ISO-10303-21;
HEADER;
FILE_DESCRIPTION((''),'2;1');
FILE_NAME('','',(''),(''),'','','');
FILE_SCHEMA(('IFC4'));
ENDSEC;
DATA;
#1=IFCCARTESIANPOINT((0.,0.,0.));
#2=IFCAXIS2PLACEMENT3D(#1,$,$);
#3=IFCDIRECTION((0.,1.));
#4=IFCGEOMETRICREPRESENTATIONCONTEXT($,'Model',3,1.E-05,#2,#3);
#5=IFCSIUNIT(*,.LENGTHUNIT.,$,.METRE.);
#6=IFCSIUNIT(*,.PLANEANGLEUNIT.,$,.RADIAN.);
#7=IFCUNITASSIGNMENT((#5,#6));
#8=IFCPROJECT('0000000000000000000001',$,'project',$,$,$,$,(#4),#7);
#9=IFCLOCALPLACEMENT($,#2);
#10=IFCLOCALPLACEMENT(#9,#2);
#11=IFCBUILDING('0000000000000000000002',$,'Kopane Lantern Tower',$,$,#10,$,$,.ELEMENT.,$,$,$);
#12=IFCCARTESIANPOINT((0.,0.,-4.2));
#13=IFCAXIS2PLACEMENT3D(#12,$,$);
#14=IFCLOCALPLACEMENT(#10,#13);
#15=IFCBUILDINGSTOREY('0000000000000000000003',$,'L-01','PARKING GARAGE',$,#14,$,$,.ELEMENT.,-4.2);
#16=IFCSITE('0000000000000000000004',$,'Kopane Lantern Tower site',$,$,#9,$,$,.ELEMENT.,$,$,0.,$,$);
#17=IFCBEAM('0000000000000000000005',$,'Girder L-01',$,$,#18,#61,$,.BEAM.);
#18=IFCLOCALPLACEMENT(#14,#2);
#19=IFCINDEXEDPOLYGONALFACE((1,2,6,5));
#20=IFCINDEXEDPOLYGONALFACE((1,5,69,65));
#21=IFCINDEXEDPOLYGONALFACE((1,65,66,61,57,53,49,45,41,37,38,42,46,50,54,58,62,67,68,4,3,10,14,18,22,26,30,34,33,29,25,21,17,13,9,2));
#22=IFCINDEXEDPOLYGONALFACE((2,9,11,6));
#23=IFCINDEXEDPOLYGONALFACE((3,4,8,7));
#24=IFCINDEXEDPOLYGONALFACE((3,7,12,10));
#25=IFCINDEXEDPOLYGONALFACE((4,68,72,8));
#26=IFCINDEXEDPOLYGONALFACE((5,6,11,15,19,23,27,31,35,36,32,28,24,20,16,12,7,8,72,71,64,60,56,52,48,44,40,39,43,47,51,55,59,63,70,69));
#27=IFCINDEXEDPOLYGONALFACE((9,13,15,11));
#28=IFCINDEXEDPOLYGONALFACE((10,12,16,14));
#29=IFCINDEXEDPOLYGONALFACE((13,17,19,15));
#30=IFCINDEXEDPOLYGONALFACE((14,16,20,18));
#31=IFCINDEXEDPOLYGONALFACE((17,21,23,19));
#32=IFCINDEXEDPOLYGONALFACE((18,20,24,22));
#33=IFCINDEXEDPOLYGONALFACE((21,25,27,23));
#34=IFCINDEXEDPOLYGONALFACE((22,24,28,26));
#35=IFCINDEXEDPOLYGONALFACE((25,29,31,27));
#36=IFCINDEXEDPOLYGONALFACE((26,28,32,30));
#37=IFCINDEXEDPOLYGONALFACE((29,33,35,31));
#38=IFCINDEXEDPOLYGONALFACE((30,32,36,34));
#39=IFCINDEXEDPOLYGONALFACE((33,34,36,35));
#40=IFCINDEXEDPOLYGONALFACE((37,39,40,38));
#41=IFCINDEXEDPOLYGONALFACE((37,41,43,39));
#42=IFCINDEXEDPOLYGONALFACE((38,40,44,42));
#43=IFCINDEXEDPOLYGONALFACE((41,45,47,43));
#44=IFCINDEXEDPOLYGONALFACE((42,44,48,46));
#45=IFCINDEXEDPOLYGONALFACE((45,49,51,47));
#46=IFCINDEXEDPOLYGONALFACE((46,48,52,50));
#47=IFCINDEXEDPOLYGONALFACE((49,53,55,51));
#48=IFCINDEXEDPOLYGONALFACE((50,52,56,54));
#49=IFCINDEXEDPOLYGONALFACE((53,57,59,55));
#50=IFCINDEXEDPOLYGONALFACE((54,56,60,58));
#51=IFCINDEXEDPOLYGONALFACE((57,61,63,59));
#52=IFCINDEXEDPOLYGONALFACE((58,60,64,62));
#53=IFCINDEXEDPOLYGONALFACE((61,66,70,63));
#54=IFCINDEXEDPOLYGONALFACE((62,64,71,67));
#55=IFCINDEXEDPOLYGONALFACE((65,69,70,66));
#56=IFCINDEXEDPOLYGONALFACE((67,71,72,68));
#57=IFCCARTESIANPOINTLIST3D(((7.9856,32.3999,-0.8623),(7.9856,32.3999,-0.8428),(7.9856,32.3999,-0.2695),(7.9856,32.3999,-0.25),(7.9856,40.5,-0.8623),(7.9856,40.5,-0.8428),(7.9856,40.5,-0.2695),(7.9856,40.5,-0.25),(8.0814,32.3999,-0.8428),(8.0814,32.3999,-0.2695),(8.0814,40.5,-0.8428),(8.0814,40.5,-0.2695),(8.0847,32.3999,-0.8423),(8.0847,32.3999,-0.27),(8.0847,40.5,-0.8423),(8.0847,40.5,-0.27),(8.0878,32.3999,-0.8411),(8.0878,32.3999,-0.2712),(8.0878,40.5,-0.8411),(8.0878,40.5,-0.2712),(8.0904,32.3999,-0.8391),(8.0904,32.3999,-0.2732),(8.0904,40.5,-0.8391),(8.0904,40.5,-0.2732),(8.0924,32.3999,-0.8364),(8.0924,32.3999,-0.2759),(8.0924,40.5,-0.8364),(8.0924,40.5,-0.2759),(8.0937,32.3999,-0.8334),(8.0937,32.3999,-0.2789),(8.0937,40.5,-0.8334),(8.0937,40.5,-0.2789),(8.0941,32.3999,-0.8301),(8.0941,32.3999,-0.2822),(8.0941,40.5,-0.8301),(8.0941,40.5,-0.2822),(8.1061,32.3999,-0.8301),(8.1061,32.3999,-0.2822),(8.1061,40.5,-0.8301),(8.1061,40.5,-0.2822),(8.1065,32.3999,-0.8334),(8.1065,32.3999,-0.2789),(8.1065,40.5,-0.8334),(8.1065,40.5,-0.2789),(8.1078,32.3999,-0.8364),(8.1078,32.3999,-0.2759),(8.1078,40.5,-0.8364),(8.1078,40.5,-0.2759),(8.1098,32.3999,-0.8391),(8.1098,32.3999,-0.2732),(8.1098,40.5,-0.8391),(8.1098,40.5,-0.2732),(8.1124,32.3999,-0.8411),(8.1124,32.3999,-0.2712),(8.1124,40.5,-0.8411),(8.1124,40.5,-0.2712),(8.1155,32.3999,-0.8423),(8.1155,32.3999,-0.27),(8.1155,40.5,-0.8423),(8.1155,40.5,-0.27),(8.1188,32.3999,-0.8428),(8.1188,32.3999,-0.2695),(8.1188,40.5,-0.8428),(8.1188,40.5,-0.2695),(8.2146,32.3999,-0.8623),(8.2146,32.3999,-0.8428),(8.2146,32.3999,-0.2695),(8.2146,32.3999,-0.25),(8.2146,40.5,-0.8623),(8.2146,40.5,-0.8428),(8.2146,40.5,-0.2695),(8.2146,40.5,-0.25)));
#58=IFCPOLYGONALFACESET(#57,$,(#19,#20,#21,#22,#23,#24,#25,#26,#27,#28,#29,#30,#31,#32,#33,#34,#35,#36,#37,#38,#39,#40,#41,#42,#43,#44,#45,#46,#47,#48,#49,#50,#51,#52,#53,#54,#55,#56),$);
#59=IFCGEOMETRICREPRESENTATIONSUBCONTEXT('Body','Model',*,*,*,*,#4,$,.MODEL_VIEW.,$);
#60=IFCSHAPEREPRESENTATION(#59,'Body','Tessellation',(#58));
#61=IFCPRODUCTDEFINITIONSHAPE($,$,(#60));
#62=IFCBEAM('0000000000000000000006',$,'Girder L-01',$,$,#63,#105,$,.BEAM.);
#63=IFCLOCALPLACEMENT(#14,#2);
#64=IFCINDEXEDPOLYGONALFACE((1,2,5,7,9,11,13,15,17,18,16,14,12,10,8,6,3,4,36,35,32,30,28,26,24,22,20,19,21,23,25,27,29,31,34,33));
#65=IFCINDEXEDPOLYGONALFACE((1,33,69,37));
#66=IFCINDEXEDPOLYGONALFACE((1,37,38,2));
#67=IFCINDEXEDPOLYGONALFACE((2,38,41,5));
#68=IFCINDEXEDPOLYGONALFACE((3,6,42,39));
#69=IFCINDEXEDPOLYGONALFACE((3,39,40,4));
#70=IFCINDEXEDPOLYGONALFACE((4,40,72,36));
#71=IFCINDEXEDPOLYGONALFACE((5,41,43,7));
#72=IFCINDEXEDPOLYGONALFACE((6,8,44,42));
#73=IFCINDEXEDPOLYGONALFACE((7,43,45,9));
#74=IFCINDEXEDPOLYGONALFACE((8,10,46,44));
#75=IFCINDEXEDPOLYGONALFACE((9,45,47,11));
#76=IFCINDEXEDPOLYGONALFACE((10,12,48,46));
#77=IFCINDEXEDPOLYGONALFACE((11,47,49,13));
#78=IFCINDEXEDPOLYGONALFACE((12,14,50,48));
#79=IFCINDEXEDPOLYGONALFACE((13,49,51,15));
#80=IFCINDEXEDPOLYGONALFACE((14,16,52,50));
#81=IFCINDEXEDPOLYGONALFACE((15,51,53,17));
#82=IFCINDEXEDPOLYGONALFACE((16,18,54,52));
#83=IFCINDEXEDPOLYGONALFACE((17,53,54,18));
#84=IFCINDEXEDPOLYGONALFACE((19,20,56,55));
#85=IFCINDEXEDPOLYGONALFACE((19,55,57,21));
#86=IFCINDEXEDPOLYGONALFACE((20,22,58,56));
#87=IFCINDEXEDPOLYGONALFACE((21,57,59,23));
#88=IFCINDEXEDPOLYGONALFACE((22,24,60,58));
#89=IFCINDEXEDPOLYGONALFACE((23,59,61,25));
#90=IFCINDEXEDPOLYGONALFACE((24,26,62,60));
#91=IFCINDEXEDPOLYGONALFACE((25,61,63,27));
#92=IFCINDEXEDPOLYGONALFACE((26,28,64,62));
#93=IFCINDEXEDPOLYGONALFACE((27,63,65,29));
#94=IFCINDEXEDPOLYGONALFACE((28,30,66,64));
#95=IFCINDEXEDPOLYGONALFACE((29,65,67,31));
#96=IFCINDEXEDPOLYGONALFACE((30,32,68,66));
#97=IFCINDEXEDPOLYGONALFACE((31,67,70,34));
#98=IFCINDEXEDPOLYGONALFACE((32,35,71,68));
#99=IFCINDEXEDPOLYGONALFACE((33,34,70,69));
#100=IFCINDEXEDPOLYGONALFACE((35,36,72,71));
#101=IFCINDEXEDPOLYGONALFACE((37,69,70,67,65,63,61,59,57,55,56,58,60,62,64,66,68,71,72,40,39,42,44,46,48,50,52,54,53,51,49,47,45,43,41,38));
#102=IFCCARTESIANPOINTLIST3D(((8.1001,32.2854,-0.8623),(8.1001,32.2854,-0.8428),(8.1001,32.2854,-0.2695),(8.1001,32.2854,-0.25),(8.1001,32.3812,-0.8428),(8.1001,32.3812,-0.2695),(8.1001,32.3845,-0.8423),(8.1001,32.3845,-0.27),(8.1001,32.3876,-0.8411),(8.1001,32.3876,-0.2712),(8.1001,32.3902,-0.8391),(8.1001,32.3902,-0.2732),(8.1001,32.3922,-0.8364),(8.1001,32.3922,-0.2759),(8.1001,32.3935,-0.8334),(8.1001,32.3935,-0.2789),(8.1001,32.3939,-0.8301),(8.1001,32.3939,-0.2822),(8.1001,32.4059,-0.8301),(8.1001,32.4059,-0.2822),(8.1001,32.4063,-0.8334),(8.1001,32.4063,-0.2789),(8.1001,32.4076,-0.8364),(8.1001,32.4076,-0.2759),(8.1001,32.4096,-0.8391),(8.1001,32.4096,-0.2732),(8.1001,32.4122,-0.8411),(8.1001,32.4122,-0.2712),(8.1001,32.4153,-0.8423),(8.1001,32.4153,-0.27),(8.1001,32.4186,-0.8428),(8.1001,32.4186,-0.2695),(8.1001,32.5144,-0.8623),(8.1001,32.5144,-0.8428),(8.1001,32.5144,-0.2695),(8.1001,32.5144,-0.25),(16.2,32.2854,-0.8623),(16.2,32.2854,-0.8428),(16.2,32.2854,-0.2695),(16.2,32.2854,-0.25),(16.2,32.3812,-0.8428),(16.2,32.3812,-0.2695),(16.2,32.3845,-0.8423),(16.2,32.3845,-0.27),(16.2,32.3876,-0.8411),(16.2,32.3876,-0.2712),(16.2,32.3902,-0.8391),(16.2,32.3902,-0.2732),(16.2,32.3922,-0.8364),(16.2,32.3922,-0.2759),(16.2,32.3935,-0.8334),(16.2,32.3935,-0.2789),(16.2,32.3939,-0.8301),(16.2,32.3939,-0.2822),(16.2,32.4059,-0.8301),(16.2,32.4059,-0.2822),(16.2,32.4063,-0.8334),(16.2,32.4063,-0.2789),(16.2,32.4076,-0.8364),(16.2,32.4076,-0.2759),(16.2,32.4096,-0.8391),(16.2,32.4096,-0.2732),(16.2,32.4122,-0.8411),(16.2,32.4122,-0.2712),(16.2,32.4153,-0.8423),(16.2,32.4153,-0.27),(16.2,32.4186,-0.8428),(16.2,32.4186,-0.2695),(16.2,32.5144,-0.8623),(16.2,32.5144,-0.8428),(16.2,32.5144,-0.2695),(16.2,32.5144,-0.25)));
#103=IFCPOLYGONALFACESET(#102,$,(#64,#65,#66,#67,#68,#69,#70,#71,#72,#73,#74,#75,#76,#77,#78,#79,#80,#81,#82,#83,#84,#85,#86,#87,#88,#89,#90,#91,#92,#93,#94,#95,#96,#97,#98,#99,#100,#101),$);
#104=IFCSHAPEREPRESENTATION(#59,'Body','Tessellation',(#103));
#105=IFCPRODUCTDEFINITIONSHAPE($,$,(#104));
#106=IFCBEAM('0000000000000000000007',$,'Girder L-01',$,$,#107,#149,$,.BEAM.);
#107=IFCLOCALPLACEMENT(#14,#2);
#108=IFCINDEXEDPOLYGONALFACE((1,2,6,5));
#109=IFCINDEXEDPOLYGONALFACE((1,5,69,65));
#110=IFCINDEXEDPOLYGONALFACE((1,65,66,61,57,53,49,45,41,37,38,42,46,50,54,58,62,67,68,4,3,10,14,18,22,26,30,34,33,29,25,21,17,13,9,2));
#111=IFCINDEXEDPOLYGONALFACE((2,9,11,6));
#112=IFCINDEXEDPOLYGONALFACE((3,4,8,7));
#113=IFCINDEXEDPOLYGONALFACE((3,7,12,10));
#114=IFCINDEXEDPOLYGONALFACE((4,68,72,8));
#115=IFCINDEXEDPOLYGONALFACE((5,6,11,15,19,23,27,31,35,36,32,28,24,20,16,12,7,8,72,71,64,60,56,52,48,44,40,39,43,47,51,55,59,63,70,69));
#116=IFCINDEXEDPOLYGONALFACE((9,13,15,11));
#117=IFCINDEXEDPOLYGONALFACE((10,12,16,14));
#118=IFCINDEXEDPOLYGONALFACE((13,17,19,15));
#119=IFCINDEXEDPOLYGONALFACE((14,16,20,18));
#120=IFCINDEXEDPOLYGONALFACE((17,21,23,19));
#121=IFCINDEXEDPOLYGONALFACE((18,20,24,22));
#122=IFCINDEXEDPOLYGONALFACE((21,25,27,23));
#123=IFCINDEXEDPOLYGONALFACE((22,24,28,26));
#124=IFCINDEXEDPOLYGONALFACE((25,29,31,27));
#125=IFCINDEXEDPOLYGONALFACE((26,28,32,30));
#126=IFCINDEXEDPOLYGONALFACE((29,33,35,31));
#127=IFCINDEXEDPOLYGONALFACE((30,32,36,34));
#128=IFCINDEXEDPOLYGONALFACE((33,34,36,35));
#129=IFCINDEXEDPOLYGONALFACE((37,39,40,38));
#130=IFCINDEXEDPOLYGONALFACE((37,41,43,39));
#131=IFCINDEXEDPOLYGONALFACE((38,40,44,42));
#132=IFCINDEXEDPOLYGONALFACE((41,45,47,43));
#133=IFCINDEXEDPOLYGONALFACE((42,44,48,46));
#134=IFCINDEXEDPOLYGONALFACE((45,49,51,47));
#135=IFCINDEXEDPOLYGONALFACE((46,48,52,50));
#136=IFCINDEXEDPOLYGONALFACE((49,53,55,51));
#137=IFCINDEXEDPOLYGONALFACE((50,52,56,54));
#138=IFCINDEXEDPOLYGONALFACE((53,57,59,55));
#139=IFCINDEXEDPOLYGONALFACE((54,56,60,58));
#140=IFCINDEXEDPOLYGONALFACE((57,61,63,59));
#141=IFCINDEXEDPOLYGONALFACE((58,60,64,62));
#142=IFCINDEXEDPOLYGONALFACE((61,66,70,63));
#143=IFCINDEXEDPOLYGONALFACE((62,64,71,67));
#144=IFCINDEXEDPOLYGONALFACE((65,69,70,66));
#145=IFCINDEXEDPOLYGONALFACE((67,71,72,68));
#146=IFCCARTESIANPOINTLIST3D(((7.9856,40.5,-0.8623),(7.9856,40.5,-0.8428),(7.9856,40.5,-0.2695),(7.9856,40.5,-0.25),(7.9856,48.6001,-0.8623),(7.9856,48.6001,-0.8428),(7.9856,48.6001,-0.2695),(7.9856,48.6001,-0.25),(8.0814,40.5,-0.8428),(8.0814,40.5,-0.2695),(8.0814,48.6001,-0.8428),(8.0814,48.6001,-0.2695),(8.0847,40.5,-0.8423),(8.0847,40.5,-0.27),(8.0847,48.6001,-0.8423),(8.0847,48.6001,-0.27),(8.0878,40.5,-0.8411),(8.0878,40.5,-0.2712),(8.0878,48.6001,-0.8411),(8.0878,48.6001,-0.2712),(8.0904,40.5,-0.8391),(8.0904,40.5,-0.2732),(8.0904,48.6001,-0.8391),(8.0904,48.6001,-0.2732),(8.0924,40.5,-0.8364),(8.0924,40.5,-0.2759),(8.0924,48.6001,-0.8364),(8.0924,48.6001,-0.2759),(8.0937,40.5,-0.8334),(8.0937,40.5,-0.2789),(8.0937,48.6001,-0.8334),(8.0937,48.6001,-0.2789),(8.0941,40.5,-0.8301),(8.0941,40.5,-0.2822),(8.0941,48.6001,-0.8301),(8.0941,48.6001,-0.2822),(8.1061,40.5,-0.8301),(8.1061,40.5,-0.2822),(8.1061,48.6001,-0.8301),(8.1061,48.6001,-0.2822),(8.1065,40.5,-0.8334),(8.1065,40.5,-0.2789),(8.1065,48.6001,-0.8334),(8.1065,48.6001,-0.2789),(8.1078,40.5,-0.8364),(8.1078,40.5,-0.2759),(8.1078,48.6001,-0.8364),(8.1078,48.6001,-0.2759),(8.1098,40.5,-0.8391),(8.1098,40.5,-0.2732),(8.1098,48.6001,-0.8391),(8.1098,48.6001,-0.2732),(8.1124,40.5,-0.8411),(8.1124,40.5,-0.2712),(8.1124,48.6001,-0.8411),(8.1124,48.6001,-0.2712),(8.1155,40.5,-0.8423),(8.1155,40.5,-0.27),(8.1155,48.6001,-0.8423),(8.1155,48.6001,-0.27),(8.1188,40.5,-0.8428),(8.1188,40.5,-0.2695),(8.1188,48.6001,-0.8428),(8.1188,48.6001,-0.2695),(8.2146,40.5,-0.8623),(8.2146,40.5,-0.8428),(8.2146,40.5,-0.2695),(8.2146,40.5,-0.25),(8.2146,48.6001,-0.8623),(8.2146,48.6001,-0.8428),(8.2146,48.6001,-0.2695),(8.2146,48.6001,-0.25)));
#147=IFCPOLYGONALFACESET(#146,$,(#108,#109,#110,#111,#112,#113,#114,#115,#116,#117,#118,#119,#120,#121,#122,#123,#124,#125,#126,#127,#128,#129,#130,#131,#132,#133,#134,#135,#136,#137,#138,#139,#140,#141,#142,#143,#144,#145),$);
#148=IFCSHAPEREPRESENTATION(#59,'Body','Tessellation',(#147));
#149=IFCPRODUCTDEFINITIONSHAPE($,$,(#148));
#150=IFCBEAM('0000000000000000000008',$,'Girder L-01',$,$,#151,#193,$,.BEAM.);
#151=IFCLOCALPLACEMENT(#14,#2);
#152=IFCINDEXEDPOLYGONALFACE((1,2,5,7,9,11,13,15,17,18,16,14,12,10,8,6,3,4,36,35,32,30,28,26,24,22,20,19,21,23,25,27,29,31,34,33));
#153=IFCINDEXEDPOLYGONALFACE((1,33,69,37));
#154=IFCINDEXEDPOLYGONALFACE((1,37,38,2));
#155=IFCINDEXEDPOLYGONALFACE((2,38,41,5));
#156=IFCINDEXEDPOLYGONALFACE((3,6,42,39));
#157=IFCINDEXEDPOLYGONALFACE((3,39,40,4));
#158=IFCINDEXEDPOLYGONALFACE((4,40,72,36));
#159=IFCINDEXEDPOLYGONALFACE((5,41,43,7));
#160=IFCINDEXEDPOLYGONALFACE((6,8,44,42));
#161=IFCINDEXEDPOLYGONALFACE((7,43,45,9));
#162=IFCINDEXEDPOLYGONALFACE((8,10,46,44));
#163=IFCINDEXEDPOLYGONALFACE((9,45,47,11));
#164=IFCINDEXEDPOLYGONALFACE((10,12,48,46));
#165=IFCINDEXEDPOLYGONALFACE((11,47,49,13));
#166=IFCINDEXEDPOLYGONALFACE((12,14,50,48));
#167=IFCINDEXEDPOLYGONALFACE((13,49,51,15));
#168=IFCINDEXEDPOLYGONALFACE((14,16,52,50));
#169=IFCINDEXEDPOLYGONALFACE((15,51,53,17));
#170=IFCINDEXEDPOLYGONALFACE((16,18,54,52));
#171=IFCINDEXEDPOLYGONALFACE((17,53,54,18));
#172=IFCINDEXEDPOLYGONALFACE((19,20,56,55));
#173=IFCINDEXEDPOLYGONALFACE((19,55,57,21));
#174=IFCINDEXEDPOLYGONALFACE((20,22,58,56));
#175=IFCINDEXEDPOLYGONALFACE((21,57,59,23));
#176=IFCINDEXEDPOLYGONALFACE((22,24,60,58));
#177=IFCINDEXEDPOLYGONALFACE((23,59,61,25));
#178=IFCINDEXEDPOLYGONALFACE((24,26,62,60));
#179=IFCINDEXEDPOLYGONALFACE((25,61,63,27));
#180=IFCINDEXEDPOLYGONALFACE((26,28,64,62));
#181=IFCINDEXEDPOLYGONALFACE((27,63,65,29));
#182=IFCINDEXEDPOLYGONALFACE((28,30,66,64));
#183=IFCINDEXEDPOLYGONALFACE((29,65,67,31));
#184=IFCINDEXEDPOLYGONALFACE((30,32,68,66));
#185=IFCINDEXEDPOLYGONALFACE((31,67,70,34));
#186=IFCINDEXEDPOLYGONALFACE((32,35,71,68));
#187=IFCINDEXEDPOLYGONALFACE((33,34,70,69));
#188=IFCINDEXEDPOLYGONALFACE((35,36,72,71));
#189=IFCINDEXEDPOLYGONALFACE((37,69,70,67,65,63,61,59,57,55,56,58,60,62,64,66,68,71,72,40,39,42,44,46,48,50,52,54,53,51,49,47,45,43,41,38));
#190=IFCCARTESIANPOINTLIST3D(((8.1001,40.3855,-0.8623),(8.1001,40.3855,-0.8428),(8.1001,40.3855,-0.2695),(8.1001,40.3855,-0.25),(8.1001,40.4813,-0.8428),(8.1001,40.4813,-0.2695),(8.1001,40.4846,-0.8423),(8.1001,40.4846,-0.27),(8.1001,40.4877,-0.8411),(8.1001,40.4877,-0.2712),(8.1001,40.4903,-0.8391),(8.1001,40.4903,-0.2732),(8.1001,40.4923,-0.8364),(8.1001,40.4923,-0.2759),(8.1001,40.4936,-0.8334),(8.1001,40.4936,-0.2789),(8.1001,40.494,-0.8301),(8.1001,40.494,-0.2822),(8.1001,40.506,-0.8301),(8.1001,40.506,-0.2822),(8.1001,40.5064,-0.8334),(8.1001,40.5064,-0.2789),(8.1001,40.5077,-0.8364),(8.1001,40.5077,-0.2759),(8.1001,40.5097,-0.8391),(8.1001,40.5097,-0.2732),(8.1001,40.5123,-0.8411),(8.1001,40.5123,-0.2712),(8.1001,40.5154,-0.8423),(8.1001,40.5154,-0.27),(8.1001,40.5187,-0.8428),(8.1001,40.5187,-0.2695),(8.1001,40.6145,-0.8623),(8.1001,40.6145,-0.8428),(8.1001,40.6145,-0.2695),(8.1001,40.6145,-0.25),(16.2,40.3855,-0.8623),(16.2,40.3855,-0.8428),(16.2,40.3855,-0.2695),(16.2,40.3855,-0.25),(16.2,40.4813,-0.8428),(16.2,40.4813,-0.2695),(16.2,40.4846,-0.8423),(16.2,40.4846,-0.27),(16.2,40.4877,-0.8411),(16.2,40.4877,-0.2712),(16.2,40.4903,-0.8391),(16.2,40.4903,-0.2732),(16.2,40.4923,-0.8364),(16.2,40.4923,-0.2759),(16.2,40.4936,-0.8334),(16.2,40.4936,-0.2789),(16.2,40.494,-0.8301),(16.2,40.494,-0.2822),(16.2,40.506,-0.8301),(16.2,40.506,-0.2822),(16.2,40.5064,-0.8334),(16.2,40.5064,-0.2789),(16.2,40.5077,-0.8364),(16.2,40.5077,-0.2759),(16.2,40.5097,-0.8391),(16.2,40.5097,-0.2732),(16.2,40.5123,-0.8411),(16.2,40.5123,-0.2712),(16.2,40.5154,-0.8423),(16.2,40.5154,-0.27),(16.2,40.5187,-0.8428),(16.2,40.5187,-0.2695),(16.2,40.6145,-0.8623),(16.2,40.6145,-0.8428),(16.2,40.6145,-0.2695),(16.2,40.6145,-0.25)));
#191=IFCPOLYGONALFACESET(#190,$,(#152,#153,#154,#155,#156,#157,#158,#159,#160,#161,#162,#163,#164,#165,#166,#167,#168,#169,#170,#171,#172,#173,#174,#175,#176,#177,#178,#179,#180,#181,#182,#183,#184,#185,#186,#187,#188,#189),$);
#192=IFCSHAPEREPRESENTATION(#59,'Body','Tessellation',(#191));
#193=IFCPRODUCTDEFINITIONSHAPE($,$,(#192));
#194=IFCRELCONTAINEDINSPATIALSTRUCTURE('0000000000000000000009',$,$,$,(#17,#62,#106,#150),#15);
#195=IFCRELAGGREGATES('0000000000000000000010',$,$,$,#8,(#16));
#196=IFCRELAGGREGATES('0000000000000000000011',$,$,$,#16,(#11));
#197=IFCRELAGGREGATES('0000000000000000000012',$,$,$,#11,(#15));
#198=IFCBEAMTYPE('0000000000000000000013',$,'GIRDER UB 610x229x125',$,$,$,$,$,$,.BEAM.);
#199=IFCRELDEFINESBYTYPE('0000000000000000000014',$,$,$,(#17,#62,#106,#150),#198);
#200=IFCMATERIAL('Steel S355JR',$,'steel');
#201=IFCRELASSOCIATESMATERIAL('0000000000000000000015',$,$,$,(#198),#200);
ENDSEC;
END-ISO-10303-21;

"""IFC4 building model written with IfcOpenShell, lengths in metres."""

from ifc_helpers import new_model, si_unit, direction, frame, origin, origin_2d, place, context, subcontext, project, spatial, i_section, extrude, material, material_profile, profile_set, type_object, element, save


model = new_model("IFC4")

# Units and contexts
model_context = context("Model", 3, precision=1e-05, world=origin(), true_north=direction((0.0, 1.0)))
body_context = subcontext(model_context, "Body", "Model", "MODEL_VIEW")
ifc_project = project(units=[si_unit("LENGTHUNIT", "METRE"), si_unit("PLANEANGLEUNIT", "RADIAN")], contexts=[model_context])

# Site, building, storey
site_placement = place(None, origin())
site = spatial("IfcSite", under=ifc_project, at=site_placement, Name="Kopane Lantern Tower site", CompositionType="ELEMENT", RefElevation=0.0)
building_placement = place(site_placement, origin())
building = spatial("IfcBuilding", under=site, at=building_placement, Name="Kopane Lantern Tower", CompositionType="ELEMENT")
storey_placement = place(building_placement, frame((0.0, 0.0, -4.2)))
storey = spatial("IfcBuildingStorey", under=building, at=storey_placement, Name="L-01", Description="PARKING GARAGE", CompositionType="ELEMENT", Elevation=-4.2)

# Beams
ifc_material_1 = material(Name="Steel S355JR", Category="steel")
ifc_material_profile_1 = material_profile(ifc_material_1, i_section(OverallWidth=0.229, OverallDepth=0.6123, WebThickness=0.012, FlangeThickness=0.0195, FilletRadius=0.0127, at=origin_2d()), Name="UB 610x229x125")
ifc_profile_set_1 = profile_set([ifc_material_profile_1], Name="Steel S355JR")
beam_type_1 = type_object("IfcBeamType", Name="GIRDER UB 610x229x125", PredefinedType="BEAM", material=ifc_profile_set_1)
for number, where, z_axis, x_axis, name in (
    (1, (8.1001, 32.3999, -0.5562), (0.0, 1.0, 0.0), (-1.0, 0.0, 0.0), "Girder L-01"),
):
    element("IfcBeam", number, at=place(storey_placement, frame(where, z_axis=z_axis, x_axis=x_axis)), inside=storey, type_object=beam_type_1, Name=name, PredefinedType="BEAM", context=body_context, shape_type="SweptSolid", body=[
        extrude(i_section(OverallWidth=0.229, OverallDepth=0.6123, WebThickness=0.012, FlangeThickness=0.0195, FilletRadius=0.0127, at=origin_2d()), origin(), (0.0, 0.0, 1.0), 8.1001),
    ])
beam_1_placement = place(storey_placement, frame((8.1001, 32.3999, -0.5562), z_axis=(1.0, 0.0, 0.0), x_axis=(0.0, 1.0, 0.0)))
element("IfcBeam", 2, at=beam_1_placement, inside=storey, type_object=beam_type_1, Name="Girder L-01", PredefinedType="BEAM", context=body_context, shape_type="SweptSolid", body=[
    extrude(i_section(OverallWidth=0.229, OverallDepth=0.6123, WebThickness=0.012, FlangeThickness=0.0195, FilletRadius=0.0127, at=origin_2d()), origin(), (0.0, 0.0, 1.0), 8.0999),
])
beam_2_placement = place(storey_placement, frame((8.1001, 40.5, -0.5562), z_axis=(0.0, 1.0, 0.0), x_axis=(-1.0, 0.0, 0.0)))
element("IfcBeam", 3, at=beam_2_placement, inside=storey, type_object=beam_type_1, Name="Girder L-01", PredefinedType="BEAM", context=body_context, shape_type="SweptSolid", body=[
    extrude(i_section(OverallWidth=0.229, OverallDepth=0.6123, WebThickness=0.012, FlangeThickness=0.0195, FilletRadius=0.0127, at=origin_2d()), origin(), (0.0, 0.0, 1.0), 8.1001),
])
beam_3_placement = place(storey_placement, frame((8.1001, 40.5, -0.5562), z_axis=(1.0, 0.0, 0.0), x_axis=(0.0, 1.0, 0.0)))
element("IfcBeam", 4, at=beam_3_placement, inside=storey, type_object=beam_type_1, Name="Girder L-01", PredefinedType="BEAM", context=body_context, shape_type="SweptSolid", body=[
    extrude(i_section(OverallWidth=0.229, OverallDepth=0.6123, WebThickness=0.012, FlangeThickness=0.0195, FilletRadius=0.0127, at=origin_2d()), origin(), (0.0, 0.0, 1.0), 8.0999),
])

save(model, "model.ifc")
